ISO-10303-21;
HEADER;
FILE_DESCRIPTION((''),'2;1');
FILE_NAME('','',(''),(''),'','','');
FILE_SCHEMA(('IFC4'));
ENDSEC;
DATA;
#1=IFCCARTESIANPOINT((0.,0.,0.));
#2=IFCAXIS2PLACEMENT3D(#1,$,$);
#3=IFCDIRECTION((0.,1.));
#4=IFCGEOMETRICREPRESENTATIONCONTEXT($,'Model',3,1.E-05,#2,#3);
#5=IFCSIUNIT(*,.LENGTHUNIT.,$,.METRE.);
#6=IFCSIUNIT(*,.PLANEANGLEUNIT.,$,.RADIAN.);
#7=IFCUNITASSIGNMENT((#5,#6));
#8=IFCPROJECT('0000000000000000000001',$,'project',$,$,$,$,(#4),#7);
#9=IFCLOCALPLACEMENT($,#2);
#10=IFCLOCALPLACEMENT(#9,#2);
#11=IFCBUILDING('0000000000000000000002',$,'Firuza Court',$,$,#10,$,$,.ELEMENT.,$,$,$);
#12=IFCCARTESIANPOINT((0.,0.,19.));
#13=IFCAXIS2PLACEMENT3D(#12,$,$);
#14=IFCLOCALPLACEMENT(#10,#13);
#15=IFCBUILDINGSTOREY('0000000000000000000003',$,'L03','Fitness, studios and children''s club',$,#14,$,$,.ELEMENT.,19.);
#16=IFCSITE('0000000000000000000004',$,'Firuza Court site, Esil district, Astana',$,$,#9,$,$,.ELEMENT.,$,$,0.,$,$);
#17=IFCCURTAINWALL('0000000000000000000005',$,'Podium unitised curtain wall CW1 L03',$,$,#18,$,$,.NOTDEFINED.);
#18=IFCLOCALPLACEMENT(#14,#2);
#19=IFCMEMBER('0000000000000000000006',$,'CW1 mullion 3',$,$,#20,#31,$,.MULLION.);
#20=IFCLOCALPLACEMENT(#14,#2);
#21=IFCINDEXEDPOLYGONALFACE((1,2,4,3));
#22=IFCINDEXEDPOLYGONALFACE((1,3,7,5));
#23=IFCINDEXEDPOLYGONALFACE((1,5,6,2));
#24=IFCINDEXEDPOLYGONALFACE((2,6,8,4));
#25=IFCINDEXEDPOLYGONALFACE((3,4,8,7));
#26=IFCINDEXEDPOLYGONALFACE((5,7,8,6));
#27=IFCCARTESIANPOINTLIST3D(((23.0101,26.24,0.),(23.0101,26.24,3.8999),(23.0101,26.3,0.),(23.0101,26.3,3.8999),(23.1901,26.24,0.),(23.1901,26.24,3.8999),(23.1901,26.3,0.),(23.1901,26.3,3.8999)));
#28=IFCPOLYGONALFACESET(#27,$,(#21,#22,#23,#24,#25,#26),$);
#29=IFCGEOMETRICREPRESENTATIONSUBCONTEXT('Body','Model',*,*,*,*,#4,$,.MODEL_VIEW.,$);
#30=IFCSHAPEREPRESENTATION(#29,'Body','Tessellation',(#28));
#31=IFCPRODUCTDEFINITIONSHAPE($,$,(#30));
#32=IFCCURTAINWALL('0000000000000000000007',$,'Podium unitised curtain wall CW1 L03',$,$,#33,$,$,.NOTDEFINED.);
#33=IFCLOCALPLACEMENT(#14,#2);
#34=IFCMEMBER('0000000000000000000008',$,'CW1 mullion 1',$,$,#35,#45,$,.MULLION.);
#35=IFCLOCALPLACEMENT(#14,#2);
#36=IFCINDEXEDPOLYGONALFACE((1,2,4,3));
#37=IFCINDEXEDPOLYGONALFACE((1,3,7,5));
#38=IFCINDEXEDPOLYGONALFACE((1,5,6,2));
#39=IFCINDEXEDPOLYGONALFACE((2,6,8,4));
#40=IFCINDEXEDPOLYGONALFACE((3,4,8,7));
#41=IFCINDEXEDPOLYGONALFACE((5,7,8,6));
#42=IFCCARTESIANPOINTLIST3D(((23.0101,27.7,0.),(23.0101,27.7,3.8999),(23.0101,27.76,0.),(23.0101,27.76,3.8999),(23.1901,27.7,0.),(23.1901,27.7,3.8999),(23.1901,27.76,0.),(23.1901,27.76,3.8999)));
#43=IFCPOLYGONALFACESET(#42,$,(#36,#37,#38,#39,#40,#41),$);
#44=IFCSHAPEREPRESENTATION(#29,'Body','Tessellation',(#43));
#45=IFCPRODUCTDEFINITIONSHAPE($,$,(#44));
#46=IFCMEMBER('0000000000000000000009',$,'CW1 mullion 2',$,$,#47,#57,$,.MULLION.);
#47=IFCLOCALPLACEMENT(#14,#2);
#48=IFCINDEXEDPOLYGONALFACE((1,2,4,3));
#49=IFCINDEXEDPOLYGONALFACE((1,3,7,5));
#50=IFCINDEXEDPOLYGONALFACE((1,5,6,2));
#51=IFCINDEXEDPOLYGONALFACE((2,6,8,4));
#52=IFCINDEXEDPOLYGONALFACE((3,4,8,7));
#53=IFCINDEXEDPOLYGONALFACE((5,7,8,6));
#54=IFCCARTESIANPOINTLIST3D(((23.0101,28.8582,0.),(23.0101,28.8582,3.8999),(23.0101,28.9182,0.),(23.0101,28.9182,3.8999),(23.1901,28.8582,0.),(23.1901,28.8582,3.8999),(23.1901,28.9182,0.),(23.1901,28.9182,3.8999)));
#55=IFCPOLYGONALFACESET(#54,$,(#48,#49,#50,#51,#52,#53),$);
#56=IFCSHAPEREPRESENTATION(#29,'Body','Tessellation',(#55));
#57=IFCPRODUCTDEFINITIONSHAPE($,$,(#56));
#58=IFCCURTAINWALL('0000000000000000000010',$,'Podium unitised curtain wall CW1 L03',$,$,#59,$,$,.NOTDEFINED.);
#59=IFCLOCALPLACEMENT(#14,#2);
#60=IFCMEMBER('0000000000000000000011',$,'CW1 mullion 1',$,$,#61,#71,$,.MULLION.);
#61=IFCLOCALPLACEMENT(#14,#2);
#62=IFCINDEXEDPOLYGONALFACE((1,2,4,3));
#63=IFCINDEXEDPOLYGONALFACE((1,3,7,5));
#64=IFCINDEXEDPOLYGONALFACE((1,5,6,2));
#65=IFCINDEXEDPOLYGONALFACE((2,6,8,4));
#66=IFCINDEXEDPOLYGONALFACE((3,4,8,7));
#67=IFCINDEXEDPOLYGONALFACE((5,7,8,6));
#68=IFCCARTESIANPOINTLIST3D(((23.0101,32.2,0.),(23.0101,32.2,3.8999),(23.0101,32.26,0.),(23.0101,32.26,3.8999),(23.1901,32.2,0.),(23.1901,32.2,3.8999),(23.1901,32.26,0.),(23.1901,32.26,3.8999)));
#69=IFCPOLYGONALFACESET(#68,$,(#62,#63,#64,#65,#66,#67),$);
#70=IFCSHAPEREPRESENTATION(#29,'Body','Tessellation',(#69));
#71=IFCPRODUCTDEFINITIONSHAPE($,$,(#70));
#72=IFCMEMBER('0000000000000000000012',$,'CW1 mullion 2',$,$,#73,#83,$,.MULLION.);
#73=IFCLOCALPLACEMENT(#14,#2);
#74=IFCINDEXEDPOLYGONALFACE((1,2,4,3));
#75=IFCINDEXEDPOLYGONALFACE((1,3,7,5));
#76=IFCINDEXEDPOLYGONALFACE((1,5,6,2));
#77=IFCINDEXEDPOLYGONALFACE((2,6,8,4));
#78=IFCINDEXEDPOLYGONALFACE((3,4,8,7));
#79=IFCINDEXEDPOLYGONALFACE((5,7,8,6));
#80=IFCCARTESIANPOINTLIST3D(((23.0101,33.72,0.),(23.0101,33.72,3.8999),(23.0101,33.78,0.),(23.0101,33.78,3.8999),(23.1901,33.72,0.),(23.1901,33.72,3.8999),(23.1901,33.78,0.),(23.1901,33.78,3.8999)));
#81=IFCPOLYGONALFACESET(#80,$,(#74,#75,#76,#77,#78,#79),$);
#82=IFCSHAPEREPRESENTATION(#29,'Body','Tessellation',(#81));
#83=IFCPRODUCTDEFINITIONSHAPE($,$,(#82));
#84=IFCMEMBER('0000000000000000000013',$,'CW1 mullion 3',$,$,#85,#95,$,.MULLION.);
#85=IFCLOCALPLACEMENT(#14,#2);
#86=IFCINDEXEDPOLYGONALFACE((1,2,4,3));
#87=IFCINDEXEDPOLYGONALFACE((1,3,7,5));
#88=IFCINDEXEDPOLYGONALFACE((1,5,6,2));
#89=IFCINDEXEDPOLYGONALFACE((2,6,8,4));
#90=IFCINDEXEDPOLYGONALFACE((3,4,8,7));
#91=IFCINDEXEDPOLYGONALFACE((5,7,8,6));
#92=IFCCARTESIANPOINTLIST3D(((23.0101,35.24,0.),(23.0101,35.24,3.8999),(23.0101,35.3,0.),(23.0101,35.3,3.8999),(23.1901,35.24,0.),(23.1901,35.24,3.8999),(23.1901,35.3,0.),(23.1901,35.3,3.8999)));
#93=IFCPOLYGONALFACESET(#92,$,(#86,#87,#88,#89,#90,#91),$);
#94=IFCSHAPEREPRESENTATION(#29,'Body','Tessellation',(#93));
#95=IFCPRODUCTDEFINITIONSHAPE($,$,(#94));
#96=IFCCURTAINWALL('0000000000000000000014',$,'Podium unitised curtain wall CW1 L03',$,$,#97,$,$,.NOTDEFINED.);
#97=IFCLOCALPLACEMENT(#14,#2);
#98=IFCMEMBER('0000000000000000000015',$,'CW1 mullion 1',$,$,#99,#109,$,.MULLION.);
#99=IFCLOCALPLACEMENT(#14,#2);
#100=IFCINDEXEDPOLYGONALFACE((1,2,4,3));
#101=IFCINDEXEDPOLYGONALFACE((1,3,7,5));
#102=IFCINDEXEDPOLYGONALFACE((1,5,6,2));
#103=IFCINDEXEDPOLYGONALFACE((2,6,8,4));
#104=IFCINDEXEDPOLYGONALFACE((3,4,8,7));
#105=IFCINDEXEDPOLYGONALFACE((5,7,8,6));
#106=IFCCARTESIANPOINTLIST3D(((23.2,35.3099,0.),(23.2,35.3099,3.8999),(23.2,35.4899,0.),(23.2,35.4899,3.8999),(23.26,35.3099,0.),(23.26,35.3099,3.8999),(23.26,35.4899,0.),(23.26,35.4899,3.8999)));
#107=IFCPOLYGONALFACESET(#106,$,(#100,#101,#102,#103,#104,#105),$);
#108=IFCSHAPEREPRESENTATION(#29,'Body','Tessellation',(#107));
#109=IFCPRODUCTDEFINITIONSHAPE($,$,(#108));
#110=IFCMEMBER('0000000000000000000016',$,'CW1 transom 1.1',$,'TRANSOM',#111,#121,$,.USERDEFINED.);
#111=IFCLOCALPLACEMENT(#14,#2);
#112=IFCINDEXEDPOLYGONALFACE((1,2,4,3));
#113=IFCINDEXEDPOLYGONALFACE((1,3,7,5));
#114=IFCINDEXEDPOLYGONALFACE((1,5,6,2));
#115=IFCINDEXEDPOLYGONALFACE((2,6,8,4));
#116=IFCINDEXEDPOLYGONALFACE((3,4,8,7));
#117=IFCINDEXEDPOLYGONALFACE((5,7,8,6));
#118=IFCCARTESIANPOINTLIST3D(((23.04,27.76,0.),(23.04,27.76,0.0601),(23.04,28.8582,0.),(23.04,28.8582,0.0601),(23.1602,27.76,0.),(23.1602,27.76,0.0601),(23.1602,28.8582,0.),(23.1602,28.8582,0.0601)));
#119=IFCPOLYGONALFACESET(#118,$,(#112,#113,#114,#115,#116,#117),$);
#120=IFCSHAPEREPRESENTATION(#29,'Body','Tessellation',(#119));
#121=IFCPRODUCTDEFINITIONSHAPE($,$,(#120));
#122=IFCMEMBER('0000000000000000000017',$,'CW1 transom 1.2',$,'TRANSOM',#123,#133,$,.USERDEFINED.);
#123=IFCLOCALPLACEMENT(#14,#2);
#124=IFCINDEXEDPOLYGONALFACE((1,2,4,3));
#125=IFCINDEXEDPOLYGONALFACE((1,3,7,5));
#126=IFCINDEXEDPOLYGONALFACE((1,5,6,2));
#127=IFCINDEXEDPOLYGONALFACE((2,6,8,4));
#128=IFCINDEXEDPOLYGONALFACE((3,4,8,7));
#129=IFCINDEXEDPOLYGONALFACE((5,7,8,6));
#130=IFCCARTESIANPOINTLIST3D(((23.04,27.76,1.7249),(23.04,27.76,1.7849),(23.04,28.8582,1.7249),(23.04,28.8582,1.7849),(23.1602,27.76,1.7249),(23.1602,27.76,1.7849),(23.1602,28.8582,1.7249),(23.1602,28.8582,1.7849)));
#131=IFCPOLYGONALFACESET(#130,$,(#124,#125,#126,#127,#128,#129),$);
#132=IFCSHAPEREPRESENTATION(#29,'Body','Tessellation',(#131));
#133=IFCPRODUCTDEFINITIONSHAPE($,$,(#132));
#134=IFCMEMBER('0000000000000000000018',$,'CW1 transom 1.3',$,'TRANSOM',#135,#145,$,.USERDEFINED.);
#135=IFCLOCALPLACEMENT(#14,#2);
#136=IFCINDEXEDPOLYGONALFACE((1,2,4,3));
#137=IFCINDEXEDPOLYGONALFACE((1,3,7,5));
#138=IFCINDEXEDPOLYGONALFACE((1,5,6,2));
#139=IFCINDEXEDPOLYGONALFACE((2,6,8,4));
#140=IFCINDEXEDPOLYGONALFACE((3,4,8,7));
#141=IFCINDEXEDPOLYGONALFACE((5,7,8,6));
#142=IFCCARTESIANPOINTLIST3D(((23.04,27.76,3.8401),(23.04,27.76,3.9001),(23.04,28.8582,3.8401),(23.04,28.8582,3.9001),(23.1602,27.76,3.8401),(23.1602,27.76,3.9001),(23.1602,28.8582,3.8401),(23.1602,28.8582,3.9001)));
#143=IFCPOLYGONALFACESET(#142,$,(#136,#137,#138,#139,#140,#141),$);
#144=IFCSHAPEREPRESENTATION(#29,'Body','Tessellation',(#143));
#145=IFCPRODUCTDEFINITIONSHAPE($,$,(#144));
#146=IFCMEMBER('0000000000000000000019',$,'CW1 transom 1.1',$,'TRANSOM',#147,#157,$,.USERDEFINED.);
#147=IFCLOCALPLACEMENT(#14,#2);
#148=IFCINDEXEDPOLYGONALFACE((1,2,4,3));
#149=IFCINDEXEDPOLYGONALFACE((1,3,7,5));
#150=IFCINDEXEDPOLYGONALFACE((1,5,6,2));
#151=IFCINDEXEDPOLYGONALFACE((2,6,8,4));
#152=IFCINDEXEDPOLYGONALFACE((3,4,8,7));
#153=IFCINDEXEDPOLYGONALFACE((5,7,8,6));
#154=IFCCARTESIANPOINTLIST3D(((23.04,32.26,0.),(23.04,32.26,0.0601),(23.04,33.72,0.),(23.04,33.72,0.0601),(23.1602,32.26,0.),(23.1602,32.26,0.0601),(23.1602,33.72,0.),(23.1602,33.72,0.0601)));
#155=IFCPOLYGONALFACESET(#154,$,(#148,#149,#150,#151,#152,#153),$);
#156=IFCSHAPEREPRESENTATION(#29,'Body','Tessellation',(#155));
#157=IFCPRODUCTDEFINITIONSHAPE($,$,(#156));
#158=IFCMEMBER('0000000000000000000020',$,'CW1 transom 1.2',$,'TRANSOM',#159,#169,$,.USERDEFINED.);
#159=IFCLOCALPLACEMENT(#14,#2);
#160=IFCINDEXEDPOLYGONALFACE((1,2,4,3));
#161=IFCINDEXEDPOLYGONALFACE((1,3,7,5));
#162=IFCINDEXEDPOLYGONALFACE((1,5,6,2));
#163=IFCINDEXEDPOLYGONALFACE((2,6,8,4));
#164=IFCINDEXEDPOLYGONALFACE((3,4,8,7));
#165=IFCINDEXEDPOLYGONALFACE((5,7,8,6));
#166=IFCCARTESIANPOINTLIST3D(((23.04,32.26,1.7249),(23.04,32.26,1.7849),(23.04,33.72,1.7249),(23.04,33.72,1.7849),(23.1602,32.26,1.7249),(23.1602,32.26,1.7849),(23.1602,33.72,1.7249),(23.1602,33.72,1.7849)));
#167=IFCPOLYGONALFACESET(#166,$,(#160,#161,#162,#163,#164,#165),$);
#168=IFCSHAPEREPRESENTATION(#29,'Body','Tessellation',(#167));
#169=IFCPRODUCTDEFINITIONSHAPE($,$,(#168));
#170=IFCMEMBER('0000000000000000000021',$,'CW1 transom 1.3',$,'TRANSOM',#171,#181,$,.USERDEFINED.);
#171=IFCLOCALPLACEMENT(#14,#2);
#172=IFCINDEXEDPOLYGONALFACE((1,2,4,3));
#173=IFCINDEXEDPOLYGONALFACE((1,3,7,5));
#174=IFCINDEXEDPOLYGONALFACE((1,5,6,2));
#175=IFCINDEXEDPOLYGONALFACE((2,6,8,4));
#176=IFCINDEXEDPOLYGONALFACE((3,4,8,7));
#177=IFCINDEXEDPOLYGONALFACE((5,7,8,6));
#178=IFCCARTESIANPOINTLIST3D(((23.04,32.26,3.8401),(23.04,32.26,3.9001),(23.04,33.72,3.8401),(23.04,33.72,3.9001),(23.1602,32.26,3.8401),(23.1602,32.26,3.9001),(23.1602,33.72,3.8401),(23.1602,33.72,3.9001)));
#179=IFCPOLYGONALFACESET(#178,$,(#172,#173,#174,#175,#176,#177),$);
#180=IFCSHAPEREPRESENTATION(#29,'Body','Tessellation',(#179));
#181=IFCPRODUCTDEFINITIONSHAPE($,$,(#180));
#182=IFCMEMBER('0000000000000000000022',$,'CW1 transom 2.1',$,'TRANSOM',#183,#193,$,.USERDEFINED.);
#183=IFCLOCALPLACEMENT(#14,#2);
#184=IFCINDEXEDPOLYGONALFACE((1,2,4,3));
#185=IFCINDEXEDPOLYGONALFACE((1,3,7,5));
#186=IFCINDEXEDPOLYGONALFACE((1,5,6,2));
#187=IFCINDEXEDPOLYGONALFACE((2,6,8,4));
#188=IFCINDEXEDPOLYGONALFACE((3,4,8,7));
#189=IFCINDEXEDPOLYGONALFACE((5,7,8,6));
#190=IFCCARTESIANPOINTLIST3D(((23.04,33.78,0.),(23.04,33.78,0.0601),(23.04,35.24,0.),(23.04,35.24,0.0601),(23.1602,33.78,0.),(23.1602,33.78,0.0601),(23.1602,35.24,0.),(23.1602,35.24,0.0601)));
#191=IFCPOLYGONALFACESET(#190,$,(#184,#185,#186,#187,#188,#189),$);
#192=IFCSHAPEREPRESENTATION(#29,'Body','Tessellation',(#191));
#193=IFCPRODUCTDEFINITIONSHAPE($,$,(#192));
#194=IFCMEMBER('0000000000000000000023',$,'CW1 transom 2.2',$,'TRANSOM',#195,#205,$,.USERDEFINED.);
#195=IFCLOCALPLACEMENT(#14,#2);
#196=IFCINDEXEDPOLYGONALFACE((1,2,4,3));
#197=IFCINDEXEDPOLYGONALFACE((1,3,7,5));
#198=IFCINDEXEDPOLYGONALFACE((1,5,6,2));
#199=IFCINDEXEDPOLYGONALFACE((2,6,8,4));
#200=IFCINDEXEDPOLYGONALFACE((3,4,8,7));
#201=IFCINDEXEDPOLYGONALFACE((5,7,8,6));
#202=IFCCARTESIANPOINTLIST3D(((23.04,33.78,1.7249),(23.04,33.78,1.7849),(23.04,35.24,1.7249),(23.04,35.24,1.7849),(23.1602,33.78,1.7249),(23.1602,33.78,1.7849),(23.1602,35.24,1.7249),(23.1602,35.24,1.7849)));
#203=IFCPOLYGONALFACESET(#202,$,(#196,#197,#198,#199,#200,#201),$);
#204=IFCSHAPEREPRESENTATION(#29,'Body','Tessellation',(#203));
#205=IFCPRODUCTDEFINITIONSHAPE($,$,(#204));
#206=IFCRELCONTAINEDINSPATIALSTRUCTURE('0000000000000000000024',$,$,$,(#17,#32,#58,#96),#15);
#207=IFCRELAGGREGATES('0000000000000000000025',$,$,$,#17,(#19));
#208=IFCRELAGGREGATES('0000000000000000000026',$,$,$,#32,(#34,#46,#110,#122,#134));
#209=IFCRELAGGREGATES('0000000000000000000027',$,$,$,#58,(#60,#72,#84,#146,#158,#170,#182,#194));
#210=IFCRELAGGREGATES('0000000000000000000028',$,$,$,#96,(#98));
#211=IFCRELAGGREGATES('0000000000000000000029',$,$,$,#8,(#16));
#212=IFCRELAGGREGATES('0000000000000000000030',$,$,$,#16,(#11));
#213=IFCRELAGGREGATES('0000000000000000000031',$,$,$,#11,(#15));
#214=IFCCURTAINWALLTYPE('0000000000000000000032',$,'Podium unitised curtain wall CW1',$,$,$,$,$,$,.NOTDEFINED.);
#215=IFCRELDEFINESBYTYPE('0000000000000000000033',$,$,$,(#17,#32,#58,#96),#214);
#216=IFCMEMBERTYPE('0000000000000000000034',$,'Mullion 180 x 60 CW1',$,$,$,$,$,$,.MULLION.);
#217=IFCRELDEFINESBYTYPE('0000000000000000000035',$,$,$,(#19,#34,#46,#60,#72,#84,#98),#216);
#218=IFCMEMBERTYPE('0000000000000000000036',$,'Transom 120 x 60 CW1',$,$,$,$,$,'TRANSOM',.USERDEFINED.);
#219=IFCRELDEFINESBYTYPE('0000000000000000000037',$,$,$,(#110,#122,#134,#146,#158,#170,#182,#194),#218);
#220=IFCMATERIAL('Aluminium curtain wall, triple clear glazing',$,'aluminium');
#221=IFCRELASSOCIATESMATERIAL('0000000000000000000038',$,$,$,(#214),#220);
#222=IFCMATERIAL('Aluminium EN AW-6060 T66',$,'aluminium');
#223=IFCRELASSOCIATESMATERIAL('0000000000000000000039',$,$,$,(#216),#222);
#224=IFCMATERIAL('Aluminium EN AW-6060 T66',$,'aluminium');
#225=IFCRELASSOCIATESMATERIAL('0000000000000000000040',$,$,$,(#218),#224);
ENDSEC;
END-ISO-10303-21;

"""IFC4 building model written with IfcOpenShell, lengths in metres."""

from ifc_helpers import new_model, si_unit, direction, frame, origin, origin_2d, place, context, subcontext, project, spatial, rectangle, extrude, material, material_profile, profile_set, type_object, element, aggregate, save


model = new_model("IFC4")

# Units and contexts
model_context = context("Model", 3, precision=1e-05, world=origin(), true_north=direction((0.0, 1.0)))
body_context = subcontext(model_context, "Body", "Model", "MODEL_VIEW")
ifc_project = project(units=[si_unit("LENGTHUNIT", "METRE"), si_unit("PLANEANGLEUNIT", "RADIAN")], contexts=[model_context])

# Site, building, storey
site_placement = place(None, origin())
site = spatial("IfcSite", under=ifc_project, at=site_placement, Name="Firuza Court site, Esil district, Astana", CompositionType="ELEMENT", RefElevation=0.0)
building_placement = place(site_placement, origin())
building = spatial("IfcBuilding", under=site, at=building_placement, Name="Firuza Court", CompositionType="ELEMENT")
storey_placement = place(building_placement, frame((0.0, 0.0, 19.0)))
storey = spatial("IfcBuildingStorey", under=building, at=storey_placement, Name="L03", Description="Fitness, studios and children's club", CompositionType="ELEMENT", Elevation=19.0)

# Curtain wall, member
ifc_material_1 = material(Name="Aluminium curtain wall, triple clear glazing", Category="aluminium")
curtain_wall_type = type_object("IfcCurtainWallType", Name="Podium unitised curtain wall CW1", PredefinedType="NOTDEFINED", material=ifc_material_1)
curtain_wall_1_placement = place(storey_placement, origin())
curtain_wall_1 = element("IfcCurtainWall", 1, at=curtain_wall_1_placement, inside=storey, type_object=curtain_wall_type, Name="Podium unitised curtain wall CW1 L03", PredefinedType="NOTDEFINED")
ifc_material_2 = material(Name="Aluminium EN AW-6060 T66", Category="aluminium")
ifc_material_profile_1 = material_profile(ifc_material_2, rectangle(XDim=0.1799, YDim=0.0601, at=origin_2d()), Name="Mullion 180 x 60 CW1")
ifc_profile_set_1 = profile_set([ifc_material_profile_1], Name="Aluminium EN AW-6060 T66")
member_type_1 = type_object("IfcMemberType", Name="Mullion 180 x 60 CW1", PredefinedType="MULLION", material=ifc_profile_set_1)
member_1_placement = place(storey_placement, frame((23.1001, 26.27, 0.0), z_axis=(0.0, 0.0, 1.0), x_axis=(-1.0, 0.0, 0.0)))
member_1 = element("IfcMember", 2, at=member_1_placement, type_object=member_type_1, Name="CW1 mullion 3", PredefinedType="MULLION", context=body_context, shape_type="SweptSolid", body=[
    extrude(rectangle(XDim=0.1799, YDim=0.0601, at=origin_2d()), origin(), (0.0, 0.0, 1.0), 3.8999),
])
aggregate(curtain_wall_1, [member_1])

# Curtain walls, members
curtain_wall_2_placement = place(storey_placement, origin())
curtain_wall_2 = element("IfcCurtainWall", 3, at=curtain_wall_2_placement, inside=storey, type_object=curtain_wall_type, Name="Podium unitised curtain wall CW1 L03", PredefinedType="NOTDEFINED")
member_2_placement = place(storey_placement, frame((23.1001, 27.73, 0.0), z_axis=(0.0, 0.0, 1.0), x_axis=(-1.0, 0.0, 0.0)))
member_2 = element("IfcMember", 4, at=member_2_placement, type_object=member_type_1, Name="CW1 mullion 1", PredefinedType="MULLION", context=body_context, shape_type="SweptSolid", body=[
    extrude(rectangle(XDim=0.1799, YDim=0.0601, at=origin_2d()), origin(), (0.0, 0.0, 1.0), 3.8999),
])
member_3_placement = place(storey_placement, frame((23.1001, 28.8882, 0.0), z_axis=(0.0, 0.0, 1.0), x_axis=(-1.0, 0.0, 0.0)))
member_3 = element("IfcMember", 5, at=member_3_placement, type_object=member_type_1, Name="CW1 mullion 2", PredefinedType="MULLION", context=body_context, shape_type="SweptSolid", body=[
    extrude(rectangle(XDim=0.1799, YDim=0.0601, at=origin_2d()), origin(), (0.0, 0.0, 1.0), 3.8999),
])
curtain_wall_3_placement = place(storey_placement, origin())
curtain_wall_3 = element("IfcCurtainWall", 6, at=curtain_wall_3_placement, inside=storey, type_object=curtain_wall_type, Name="Podium unitised curtain wall CW1 L03", PredefinedType="NOTDEFINED")
member_4_placement = place(storey_placement, frame((23.1001, 32.23, 0.0), z_axis=(0.0, 0.0, 1.0), x_axis=(-1.0, 0.0, 0.0)))
member_4 = element("IfcMember", 7, at=member_4_placement, type_object=member_type_1, Name="CW1 mullion 1", PredefinedType="MULLION", context=body_context, shape_type="SweptSolid", body=[
    extrude(rectangle(XDim=0.1799, YDim=0.0601, at=origin_2d()), origin(), (0.0, 0.0, 1.0), 3.8999),
])
member_5_placement = place(storey_placement, frame((23.1001, 33.75, 0.0), z_axis=(0.0, 0.0, 1.0), x_axis=(-1.0, 0.0, 0.0)))
member_5 = element("IfcMember", 8, at=member_5_placement, type_object=member_type_1, Name="CW1 mullion 2", PredefinedType="MULLION", context=body_context, shape_type="SweptSolid", body=[
    extrude(rectangle(XDim=0.1799, YDim=0.0601, at=origin_2d()), origin(), (0.0, 0.0, 1.0), 3.8999),
])
member_6_placement = place(storey_placement, frame((23.1001, 35.27, 0.0), z_axis=(0.0, 0.0, 1.0), x_axis=(-1.0, 0.0, 0.0)))
member_6 = element("IfcMember", 9, at=member_6_placement, type_object=member_type_1, Name="CW1 mullion 3", PredefinedType="MULLION", context=body_context, shape_type="SweptSolid", body=[
    extrude(rectangle(XDim=0.1799, YDim=0.0601, at=origin_2d()), origin(), (0.0, 0.0, 1.0), 3.8999),
])

# Curtain wall, member
curtain_wall_4_placement = place(storey_placement, origin())
curtain_wall_4 = element("IfcCurtainWall", 10, at=curtain_wall_4_placement, inside=storey, type_object=curtain_wall_type, Name="Podium unitised curtain wall CW1 L03", PredefinedType="NOTDEFINED")
member_7_placement = place(storey_placement, frame((23.23, 35.3999, 0.0), z_axis=(0.0, 0.0, 1.0), x_axis=(0.0, 1.0, 0.0)))
member_7 = element("IfcMember", 11, at=member_7_placement, type_object=member_type_1, Name="CW1 mullion 1", PredefinedType="MULLION", context=body_context, shape_type="SweptSolid", body=[
    extrude(rectangle(XDim=0.1799, YDim=0.0601, at=origin_2d()), origin(), (0.0, 0.0, 1.0), 3.8999),
])

# Members
ifc_material_3 = material(Name="Aluminium EN AW-6060 T66", Category="aluminium")
ifc_material_profile_2 = material_profile(ifc_material_3, rectangle(XDim=0.1201, YDim=0.0601, at=origin_2d()), Name="Transom 120 x 60 CW1")
ifc_profile_set_2 = profile_set([ifc_material_profile_2], Name="Aluminium EN AW-6060 T66")
member_type_2 = type_object("IfcMemberType", Name="Transom 120 x 60 CW1", ElementType="TRANSOM", PredefinedType="USERDEFINED", material=ifc_profile_set_2)
member_8_placement = place(storey_placement, frame((23.1001, 27.76, 0.03), z_axis=(0.0, 1.0, 0.0), x_axis=(-1.0, 0.0, 0.0)))
member_8 = element("IfcMember", 12, at=member_8_placement, type_object=member_type_2, Name="CW1 transom 1.1", ObjectType="TRANSOM", PredefinedType="USERDEFINED", context=body_context, shape_type="SweptSolid", body=[
    extrude(rectangle(XDim=0.1201, YDim=0.0601, at=origin_2d()), origin(), (0.0, 0.0, 1.0), 1.0981),
])
member_9_placement = place(storey_placement, frame((23.1001, 27.76, 1.7549), z_axis=(0.0, 1.0, 0.0), x_axis=(-1.0, 0.0, 0.0)))
member_9 = element("IfcMember", 13, at=member_9_placement, type_object=member_type_2, Name="CW1 transom 1.2", ObjectType="TRANSOM", PredefinedType="USERDEFINED", context=body_context, shape_type="SweptSolid", body=[
    extrude(rectangle(XDim=0.1201, YDim=0.0601, at=origin_2d()), origin(), (0.0, 0.0, 1.0), 1.0981),
])
member_10_placement = place(storey_placement, frame((23.1001, 27.76, 3.8701), z_axis=(0.0, 1.0, 0.0), x_axis=(-1.0, 0.0, 0.0)))
member_10 = element("IfcMember", 14, at=member_10_placement, type_object=member_type_2, Name="CW1 transom 1.3", ObjectType="TRANSOM", PredefinedType="USERDEFINED", context=body_context, shape_type="SweptSolid", body=[
    extrude(rectangle(XDim=0.1201, YDim=0.0601, at=origin_2d()), origin(), (0.0, 0.0, 1.0), 1.0981),
])
member_11_placement = place(storey_placement, frame((23.1001, 32.26, 0.03), z_axis=(0.0, 1.0, 0.0), x_axis=(-1.0, 0.0, 0.0)))
member_11 = element("IfcMember", 15, at=member_11_placement, type_object=member_type_2, Name="CW1 transom 1.1", ObjectType="TRANSOM", PredefinedType="USERDEFINED", context=body_context, shape_type="SweptSolid", body=[
    extrude(rectangle(XDim=0.1201, YDim=0.0601, at=origin_2d()), origin(), (0.0, 0.0, 1.0), 1.46),
])
member_12_placement = place(storey_placement, frame((23.1001, 32.26, 1.7549), z_axis=(0.0, 1.0, 0.0), x_axis=(-1.0, 0.0, 0.0)))
member_12 = element("IfcMember", 16, at=member_12_placement, type_object=member_type_2, Name="CW1 transom 1.2", ObjectType="TRANSOM", PredefinedType="USERDEFINED", context=body_context, shape_type="SweptSolid", body=[
    extrude(rectangle(XDim=0.1201, YDim=0.0601, at=origin_2d()), origin(), (0.0, 0.0, 1.0), 1.46),
])
member_13_placement = place(storey_placement, frame((23.1001, 32.26, 3.8701), z_axis=(0.0, 1.0, 0.0), x_axis=(-1.0, 0.0, 0.0)))
member_13 = element("IfcMember", 17, at=member_13_placement, type_object=member_type_2, Name="CW1 transom 1.3", ObjectType="TRANSOM", PredefinedType="USERDEFINED", context=body_context, shape_type="SweptSolid", body=[
    extrude(rectangle(XDim=0.1201, YDim=0.0601, at=origin_2d()), origin(), (0.0, 0.0, 1.0), 1.46),
])
member_14_placement = place(storey_placement, frame((23.1001, 33.78, 0.03), z_axis=(0.0, 1.0, 0.0), x_axis=(-1.0, 0.0, 0.0)))
member_14 = element("IfcMember", 18, at=member_14_placement, type_object=member_type_2, Name="CW1 transom 2.1", ObjectType="TRANSOM", PredefinedType="USERDEFINED", context=body_context, shape_type="SweptSolid", body=[
    extrude(rectangle(XDim=0.1201, YDim=0.0601, at=origin_2d()), origin(), (0.0, 0.0, 1.0), 1.46),
])
member_15_placement = place(storey_placement, frame((23.1001, 33.78, 1.7549), z_axis=(0.0, 1.0, 0.0), x_axis=(-1.0, 0.0, 0.0)))
member_15 = element("IfcMember", 19, at=member_15_placement, type_object=member_type_2, Name="CW1 transom 2.2", ObjectType="TRANSOM", PredefinedType="USERDEFINED", context=body_context, shape_type="SweptSolid", body=[
    extrude(rectangle(XDim=0.1201, YDim=0.0601, at=origin_2d()), origin(), (0.0, 0.0, 1.0), 1.46),
])

aggregate(curtain_wall_2, [member_2, member_3, member_8, member_9, member_10])
aggregate(curtain_wall_3, [member_4, member_5, member_6, member_11, member_12, member_13, member_14, member_15])
aggregate(curtain_wall_4, [member_7])

save(model, "model.ifc")
